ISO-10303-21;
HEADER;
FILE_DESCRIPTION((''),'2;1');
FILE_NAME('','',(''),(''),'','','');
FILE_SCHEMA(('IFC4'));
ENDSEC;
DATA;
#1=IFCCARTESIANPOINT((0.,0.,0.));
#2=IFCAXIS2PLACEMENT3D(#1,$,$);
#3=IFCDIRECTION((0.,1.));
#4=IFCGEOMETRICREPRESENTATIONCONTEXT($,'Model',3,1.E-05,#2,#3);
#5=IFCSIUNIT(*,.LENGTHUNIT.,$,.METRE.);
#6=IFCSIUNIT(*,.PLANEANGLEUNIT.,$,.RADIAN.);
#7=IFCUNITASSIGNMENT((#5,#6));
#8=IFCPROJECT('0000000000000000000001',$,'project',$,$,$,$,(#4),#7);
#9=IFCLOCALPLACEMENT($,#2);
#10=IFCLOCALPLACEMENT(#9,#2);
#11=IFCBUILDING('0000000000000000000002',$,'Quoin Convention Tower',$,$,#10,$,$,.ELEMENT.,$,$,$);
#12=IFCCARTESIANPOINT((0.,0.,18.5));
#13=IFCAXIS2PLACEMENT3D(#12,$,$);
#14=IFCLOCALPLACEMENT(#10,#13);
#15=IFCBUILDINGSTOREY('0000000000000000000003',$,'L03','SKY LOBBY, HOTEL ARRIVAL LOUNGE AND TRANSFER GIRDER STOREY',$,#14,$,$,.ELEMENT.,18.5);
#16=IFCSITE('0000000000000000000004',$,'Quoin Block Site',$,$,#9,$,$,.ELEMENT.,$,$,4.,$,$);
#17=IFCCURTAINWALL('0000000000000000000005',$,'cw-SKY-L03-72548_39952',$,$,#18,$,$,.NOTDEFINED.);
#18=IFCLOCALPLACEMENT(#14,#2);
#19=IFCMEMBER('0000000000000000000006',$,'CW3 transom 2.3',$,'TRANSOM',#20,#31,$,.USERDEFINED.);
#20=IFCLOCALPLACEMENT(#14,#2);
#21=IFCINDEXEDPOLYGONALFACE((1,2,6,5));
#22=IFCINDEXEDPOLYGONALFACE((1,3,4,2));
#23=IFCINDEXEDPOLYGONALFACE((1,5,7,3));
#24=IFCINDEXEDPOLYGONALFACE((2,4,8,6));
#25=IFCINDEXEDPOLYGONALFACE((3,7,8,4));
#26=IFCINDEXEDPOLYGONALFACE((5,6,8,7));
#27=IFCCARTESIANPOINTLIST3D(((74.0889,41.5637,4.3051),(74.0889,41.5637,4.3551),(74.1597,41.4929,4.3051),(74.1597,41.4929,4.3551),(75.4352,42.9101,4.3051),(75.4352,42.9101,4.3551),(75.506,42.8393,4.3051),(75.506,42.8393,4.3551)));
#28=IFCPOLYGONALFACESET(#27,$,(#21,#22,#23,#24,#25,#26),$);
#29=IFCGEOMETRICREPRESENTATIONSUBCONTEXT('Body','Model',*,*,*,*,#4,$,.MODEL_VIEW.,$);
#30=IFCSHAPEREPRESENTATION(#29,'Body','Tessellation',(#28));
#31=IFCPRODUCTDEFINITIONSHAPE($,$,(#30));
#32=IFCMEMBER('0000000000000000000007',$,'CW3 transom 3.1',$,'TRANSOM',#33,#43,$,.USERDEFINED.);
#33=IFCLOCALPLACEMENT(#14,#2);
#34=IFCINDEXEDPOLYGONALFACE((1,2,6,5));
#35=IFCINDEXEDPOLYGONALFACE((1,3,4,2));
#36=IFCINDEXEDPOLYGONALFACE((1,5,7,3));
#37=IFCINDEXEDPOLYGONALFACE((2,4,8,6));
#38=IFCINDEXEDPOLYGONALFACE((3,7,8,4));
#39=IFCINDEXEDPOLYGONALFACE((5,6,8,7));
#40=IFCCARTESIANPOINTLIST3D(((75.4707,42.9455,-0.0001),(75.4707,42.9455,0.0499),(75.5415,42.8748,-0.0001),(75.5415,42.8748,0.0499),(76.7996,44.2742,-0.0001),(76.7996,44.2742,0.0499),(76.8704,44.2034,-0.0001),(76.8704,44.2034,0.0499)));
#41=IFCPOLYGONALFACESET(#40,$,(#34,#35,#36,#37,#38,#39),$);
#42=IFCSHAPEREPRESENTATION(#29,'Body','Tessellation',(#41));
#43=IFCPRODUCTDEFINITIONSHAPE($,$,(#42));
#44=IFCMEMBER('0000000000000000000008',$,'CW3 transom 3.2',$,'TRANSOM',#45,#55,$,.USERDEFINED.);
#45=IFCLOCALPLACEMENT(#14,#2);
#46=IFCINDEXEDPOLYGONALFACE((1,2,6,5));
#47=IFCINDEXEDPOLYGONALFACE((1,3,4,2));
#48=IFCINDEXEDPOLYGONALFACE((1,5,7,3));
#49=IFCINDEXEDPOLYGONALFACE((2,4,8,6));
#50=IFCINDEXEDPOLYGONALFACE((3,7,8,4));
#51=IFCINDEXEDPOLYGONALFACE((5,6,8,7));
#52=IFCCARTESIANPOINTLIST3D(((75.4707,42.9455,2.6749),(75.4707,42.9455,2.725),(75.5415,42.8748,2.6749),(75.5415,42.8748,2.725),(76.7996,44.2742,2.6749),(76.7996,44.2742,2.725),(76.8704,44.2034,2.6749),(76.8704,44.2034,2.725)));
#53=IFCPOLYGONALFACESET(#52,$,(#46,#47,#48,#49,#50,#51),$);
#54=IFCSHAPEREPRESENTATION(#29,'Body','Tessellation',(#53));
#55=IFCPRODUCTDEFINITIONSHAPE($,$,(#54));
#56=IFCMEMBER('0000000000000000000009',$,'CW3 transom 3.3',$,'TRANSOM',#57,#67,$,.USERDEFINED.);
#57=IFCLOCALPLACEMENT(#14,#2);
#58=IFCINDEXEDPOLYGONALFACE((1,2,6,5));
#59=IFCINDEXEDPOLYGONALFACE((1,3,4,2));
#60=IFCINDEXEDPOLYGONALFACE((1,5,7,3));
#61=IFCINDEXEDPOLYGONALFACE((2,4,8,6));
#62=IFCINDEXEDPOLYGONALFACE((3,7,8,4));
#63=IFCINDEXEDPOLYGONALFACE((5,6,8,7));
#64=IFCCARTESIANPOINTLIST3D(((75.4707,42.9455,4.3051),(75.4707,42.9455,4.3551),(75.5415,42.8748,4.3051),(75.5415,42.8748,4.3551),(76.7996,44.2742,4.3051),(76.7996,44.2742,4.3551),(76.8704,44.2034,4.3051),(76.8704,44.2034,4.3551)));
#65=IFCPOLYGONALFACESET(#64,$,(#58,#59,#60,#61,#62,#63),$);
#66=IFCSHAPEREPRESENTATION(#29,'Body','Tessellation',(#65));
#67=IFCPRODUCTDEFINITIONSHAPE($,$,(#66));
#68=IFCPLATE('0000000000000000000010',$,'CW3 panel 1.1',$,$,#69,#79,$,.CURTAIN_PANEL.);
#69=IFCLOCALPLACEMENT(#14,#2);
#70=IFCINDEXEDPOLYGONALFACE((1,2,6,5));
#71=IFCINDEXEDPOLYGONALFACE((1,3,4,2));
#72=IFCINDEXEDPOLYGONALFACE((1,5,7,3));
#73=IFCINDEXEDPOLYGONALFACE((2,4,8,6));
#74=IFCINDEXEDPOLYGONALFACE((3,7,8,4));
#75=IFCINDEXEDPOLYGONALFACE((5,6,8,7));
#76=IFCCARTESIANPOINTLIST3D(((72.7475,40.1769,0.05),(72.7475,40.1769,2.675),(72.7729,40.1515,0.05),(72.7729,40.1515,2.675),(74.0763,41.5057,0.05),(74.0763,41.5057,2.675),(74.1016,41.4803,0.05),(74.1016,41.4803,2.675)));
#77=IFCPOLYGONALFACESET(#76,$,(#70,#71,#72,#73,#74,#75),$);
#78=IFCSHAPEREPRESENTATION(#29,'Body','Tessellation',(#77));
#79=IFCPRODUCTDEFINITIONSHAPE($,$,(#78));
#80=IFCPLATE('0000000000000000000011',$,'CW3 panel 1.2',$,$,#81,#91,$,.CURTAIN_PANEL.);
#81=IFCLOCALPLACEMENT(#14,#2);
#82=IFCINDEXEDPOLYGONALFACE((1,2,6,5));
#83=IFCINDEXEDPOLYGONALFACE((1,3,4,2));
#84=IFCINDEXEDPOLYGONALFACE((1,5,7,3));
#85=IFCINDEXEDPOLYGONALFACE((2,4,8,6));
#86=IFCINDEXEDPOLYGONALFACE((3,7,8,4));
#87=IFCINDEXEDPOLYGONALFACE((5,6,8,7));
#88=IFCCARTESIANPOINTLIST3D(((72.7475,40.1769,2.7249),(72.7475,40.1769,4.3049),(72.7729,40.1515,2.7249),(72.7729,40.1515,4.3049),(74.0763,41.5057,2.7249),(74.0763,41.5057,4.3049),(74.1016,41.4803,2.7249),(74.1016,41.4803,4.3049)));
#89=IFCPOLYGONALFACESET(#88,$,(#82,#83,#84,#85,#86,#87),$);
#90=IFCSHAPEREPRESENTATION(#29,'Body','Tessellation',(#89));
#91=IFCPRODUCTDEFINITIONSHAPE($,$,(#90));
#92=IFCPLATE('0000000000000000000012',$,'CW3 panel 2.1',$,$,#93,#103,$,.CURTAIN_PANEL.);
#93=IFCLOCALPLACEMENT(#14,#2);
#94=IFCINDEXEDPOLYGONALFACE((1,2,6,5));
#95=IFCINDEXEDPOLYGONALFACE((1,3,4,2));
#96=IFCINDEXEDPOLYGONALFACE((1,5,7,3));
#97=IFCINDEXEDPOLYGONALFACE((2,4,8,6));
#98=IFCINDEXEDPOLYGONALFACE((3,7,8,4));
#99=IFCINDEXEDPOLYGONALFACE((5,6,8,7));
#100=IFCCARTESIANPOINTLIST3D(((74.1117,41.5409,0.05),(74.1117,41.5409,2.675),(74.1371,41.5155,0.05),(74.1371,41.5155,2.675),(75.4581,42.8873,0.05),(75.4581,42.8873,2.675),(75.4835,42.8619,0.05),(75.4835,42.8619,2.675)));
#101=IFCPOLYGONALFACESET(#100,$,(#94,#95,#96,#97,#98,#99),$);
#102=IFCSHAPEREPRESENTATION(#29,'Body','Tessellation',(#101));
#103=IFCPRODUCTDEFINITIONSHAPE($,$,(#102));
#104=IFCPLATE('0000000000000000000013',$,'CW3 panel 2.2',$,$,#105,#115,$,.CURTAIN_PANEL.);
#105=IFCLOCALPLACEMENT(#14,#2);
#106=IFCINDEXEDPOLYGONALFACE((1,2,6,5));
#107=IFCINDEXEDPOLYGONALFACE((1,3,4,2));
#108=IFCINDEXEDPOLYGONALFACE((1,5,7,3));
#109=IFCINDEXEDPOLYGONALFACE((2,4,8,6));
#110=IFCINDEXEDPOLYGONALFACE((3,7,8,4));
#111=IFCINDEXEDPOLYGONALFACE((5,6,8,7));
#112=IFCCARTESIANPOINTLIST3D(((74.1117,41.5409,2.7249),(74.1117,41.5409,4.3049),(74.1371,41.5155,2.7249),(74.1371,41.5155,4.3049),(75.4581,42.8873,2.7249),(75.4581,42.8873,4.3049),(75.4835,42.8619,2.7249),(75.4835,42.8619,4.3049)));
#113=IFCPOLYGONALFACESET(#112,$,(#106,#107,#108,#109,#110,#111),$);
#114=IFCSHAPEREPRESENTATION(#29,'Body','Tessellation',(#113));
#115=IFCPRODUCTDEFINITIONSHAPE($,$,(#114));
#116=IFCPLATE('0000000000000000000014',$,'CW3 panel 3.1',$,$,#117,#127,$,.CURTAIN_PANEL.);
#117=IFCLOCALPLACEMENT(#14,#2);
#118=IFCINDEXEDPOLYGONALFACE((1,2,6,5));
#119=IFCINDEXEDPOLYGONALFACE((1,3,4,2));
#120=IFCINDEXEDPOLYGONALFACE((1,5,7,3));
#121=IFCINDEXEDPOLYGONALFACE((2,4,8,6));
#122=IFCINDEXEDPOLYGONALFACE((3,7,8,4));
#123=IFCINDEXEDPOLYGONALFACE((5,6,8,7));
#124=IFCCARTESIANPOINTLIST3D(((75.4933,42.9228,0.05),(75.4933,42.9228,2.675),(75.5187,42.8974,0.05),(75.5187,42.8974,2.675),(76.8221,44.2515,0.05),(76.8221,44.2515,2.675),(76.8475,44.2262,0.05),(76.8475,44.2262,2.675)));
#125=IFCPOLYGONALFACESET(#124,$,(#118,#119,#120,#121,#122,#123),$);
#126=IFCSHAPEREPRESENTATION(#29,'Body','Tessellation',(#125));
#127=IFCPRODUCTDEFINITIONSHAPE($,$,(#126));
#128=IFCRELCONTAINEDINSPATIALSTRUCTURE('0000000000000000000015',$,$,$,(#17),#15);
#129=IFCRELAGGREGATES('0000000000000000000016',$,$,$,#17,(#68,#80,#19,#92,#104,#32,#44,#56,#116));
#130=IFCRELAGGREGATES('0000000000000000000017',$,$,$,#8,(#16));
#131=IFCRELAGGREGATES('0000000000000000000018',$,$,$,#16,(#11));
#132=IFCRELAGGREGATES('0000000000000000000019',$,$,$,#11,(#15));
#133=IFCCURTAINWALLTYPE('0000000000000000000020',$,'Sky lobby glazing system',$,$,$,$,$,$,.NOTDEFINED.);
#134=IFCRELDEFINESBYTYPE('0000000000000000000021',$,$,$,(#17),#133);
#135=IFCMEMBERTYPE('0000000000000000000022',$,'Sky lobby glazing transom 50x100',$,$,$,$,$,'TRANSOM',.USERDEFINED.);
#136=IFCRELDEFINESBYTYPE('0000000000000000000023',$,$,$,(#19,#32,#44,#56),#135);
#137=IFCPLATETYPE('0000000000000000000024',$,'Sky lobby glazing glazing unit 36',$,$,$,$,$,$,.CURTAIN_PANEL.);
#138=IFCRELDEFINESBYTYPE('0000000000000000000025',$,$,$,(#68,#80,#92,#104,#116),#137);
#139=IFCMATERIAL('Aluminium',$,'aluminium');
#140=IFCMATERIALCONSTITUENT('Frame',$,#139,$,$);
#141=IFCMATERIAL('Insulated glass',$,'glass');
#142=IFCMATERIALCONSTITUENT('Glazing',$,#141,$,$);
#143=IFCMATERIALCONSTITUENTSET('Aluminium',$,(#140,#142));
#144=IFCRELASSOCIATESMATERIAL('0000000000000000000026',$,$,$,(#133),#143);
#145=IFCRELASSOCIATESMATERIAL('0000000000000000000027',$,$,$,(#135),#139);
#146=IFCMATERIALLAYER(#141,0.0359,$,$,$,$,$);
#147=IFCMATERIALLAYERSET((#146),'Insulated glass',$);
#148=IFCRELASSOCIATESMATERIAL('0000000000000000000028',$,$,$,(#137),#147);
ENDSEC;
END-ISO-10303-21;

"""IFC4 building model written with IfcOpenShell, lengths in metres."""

from ifc_helpers import new_model, si_unit, direction, frame, origin, origin_2d, place, context, subcontext, project, spatial, rectangle, extrude, material, layer, layer_set, constituent, constituent_set, material_profile, profile_set, type_object, element, aggregate, save


model = new_model("IFC4")

# Units and contexts
model_context = context("Model", 3, precision=1e-05, world=origin(), true_north=direction((0.0, 1.0)))
body_context = subcontext(model_context, "Body", "Model", "MODEL_VIEW")
ifc_project = project(units=[si_unit("LENGTHUNIT", "METRE"), si_unit("PLANEANGLEUNIT", "RADIAN")], contexts=[model_context])

# Site, building, storey
site_placement = place(None, origin())
site = spatial("IfcSite", under=ifc_project, at=site_placement, Name="Quoin Block Site", CompositionType="ELEMENT", RefElevation=4.0)
building_placement = place(site_placement, origin())
building = spatial("IfcBuilding", under=site, at=building_placement, Name="Quoin Convention Tower", CompositionType="ELEMENT")
storey_placement = place(building_placement, frame((0.0, 0.0, 18.5)))
storey = spatial("IfcBuildingStorey", under=building, at=storey_placement, Name="L03", Description="SKY LOBBY, HOTEL ARRIVAL LOUNGE AND TRANSFER GIRDER STOREY", CompositionType="ELEMENT", Elevation=18.5)

# Curtain wall, members, plates
ifc_material_1 = material(Name="Aluminium", Category="aluminium")
ifc_constituent_1 = constituent(ifc_material_1, Name="Frame")
ifc_material_2 = material(Name="Insulated glass", Category="glass")
ifc_constituent_2 = constituent(ifc_material_2, Name="Glazing")
ifc_constituent_set = constituent_set(constituents=[ifc_constituent_1, ifc_constituent_2], Name="Aluminium")
curtain_wall_type = type_object("IfcCurtainWallType", Name="Sky lobby glazing system", PredefinedType="NOTDEFINED", material=ifc_constituent_set)
curtain_wall_placement = place(storey_placement, origin())
curtain_wall = element("IfcCurtainWall", 1, at=curtain_wall_placement, inside=storey, type_object=curtain_wall_type, Name="cw-SKY-L03-72548_39952", PredefinedType="NOTDEFINED")
ifc_material_profile_1 = material_profile(ifc_material_1, rectangle(XDim=0.1001, YDim=0.05, at=origin_2d()), Name="Sky lobby glazing transom 50x100")
ifc_profile_set_1 = profile_set([ifc_material_profile_1], Name="Aluminium")
member_type_1 = type_object("IfcMemberType", Name="Sky lobby glazing transom 50x100", ElementType="TRANSOM", PredefinedType="USERDEFINED", material=ifc_profile_set_1)
member_1_placement = place(storey_placement, frame((74.1243, 41.5283, 4.3301), z_axis=(0.707107, 0.707107, 0.0), x_axis=(-0.707107, 0.707107, 0.0)))
member_1 = element("IfcMember", 2, at=member_1_placement, type_object=member_type_1, Name="CW3 transom 2.3", ObjectType="TRANSOM", PredefinedType="USERDEFINED", context=body_context, shape_type="SweptSolid", body=[
    extrude(rectangle(XDim=0.1001, YDim=0.05, at=origin_2d()), origin(), (0.0, 0.0, 1.0), 1.9041),
])
member_2_placement = place(storey_placement, frame((75.5061, 42.9102, 0.0249), z_axis=(0.707172, 0.707042, 0.0), x_axis=(-0.707042, 0.707172, 0.0)))
member_2 = element("IfcMember", 3, at=member_2_placement, type_object=member_type_1, Name="CW3 transom 3.1", ObjectType="TRANSOM", PredefinedType="USERDEFINED", context=body_context, shape_type="SweptSolid", body=[
    extrude(rectangle(XDim=0.1001, YDim=0.05, at=origin_2d()), origin(), (0.0, 0.0, 1.0), 1.8792),
])
member_3_placement = place(storey_placement, frame((75.5061, 42.9102, 2.7), z_axis=(0.707172, 0.707042, 0.0), x_axis=(-0.707042, 0.707172, 0.0)))
member_3 = element("IfcMember", 4, at=member_3_placement, type_object=member_type_1, Name="CW3 transom 3.2", ObjectType="TRANSOM", PredefinedType="USERDEFINED", context=body_context, shape_type="SweptSolid", body=[
    extrude(rectangle(XDim=0.1001, YDim=0.05, at=origin_2d()), origin(), (0.0, 0.0, 1.0), 1.8792),
])
member_4_placement = place(storey_placement, frame((75.5061, 42.9102, 4.3301), z_axis=(0.707172, 0.707042, 0.0), x_axis=(-0.707042, 0.707172, 0.0)))
member_4 = element("IfcMember", 5, at=member_4_placement, type_object=member_type_1, Name="CW3 transom 3.3", ObjectType="TRANSOM", PredefinedType="USERDEFINED", context=body_context, shape_type="SweptSolid", body=[
    extrude(rectangle(XDim=0.1001, YDim=0.05, at=origin_2d()), origin(), (0.0, 0.0, 1.0), 1.8792),
])
ifc_layer = layer(ifc_material_2, 0.0359)
ifc_layer_set = layer_set([ifc_layer], Name="Insulated glass")
plate_type = type_object("IfcPlateType", Name="Sky lobby glazing glazing unit 36", PredefinedType="CURTAIN_PANEL", material=ifc_layer_set)
plate_1_placement = place(storey_placement, frame((73.4246, 40.8286, 0.05), z_axis=(0.0, 0.0, 1.0), x_axis=(0.707107, 0.707107, 0.0)))
plate_1 = element("IfcPlate", 6, at=plate_1_placement, type_object=plate_type, Name="CW3 panel 1.1", PredefinedType="CURTAIN_PANEL", context=body_context, shape_type="SweptSolid", body=[
    extrude(rectangle(XDim=1.8792, YDim=0.0359, at=origin_2d()), origin(), (0.0, 0.0, 1.0), 2.625),
])
plate_2_placement = place(storey_placement, frame((73.4246, 40.8286, 2.7249), z_axis=(0.0, 0.0, 1.0), x_axis=(0.707107, 0.707107, 0.0)))
plate_2 = element("IfcPlate", 7, at=plate_2_placement, type_object=plate_type, Name="CW3 panel 1.2", PredefinedType="CURTAIN_PANEL", context=body_context, shape_type="SweptSolid", body=[
    extrude(rectangle(XDim=1.8792, YDim=0.0359, at=origin_2d()), origin(), (0.0, 0.0, 1.0), 1.5801),
])
plate_3_placement = place(storey_placement, frame((74.7976, 42.2014, 0.05), z_axis=(0.0, 0.0, 1.0), x_axis=(0.707107, 0.707107, 0.0)))
plate_3 = element("IfcPlate", 8, at=plate_3_placement, type_object=plate_type, Name="CW3 panel 2.1", PredefinedType="CURTAIN_PANEL", context=body_context, shape_type="SweptSolid", body=[
    extrude(rectangle(XDim=1.9041, YDim=0.0359, at=origin_2d()), origin(), (0.0, 0.0, 1.0), 2.625),
])
plate_4_placement = place(storey_placement, frame((74.7976, 42.2014, 2.7249), z_axis=(0.0, 0.0, 1.0), x_axis=(0.707107, 0.707107, 0.0)))
plate_4 = element("IfcPlate", 9, at=plate_4_placement, type_object=plate_type, Name="CW3 panel 2.2", PredefinedType="CURTAIN_PANEL", context=body_context, shape_type="SweptSolid", body=[
    extrude(rectangle(XDim=1.9041, YDim=0.0359, at=origin_2d()), origin(), (0.0, 0.0, 1.0), 1.5801),
])
plate_5_placement = place(storey_placement, frame((76.1704, 43.5745, 0.05), z_axis=(0.0, 0.0, 1.0), x_axis=(0.707107, 0.707107, 0.0)))
plate_5 = element("IfcPlate", 10, at=plate_5_placement, type_object=plate_type, Name="CW3 panel 3.1", PredefinedType="CURTAIN_PANEL", context=body_context, shape_type="SweptSolid", body=[
    extrude(rectangle(XDim=1.8792, YDim=0.0359, at=origin_2d()), origin(), (0.0, 0.0, 1.0), 2.625),
])
aggregate(curtain_wall, [plate_1, plate_2, member_1, plate_3, plate_4, member_2, member_3, member_4, plate_5])

save(model, "model.ifc")
